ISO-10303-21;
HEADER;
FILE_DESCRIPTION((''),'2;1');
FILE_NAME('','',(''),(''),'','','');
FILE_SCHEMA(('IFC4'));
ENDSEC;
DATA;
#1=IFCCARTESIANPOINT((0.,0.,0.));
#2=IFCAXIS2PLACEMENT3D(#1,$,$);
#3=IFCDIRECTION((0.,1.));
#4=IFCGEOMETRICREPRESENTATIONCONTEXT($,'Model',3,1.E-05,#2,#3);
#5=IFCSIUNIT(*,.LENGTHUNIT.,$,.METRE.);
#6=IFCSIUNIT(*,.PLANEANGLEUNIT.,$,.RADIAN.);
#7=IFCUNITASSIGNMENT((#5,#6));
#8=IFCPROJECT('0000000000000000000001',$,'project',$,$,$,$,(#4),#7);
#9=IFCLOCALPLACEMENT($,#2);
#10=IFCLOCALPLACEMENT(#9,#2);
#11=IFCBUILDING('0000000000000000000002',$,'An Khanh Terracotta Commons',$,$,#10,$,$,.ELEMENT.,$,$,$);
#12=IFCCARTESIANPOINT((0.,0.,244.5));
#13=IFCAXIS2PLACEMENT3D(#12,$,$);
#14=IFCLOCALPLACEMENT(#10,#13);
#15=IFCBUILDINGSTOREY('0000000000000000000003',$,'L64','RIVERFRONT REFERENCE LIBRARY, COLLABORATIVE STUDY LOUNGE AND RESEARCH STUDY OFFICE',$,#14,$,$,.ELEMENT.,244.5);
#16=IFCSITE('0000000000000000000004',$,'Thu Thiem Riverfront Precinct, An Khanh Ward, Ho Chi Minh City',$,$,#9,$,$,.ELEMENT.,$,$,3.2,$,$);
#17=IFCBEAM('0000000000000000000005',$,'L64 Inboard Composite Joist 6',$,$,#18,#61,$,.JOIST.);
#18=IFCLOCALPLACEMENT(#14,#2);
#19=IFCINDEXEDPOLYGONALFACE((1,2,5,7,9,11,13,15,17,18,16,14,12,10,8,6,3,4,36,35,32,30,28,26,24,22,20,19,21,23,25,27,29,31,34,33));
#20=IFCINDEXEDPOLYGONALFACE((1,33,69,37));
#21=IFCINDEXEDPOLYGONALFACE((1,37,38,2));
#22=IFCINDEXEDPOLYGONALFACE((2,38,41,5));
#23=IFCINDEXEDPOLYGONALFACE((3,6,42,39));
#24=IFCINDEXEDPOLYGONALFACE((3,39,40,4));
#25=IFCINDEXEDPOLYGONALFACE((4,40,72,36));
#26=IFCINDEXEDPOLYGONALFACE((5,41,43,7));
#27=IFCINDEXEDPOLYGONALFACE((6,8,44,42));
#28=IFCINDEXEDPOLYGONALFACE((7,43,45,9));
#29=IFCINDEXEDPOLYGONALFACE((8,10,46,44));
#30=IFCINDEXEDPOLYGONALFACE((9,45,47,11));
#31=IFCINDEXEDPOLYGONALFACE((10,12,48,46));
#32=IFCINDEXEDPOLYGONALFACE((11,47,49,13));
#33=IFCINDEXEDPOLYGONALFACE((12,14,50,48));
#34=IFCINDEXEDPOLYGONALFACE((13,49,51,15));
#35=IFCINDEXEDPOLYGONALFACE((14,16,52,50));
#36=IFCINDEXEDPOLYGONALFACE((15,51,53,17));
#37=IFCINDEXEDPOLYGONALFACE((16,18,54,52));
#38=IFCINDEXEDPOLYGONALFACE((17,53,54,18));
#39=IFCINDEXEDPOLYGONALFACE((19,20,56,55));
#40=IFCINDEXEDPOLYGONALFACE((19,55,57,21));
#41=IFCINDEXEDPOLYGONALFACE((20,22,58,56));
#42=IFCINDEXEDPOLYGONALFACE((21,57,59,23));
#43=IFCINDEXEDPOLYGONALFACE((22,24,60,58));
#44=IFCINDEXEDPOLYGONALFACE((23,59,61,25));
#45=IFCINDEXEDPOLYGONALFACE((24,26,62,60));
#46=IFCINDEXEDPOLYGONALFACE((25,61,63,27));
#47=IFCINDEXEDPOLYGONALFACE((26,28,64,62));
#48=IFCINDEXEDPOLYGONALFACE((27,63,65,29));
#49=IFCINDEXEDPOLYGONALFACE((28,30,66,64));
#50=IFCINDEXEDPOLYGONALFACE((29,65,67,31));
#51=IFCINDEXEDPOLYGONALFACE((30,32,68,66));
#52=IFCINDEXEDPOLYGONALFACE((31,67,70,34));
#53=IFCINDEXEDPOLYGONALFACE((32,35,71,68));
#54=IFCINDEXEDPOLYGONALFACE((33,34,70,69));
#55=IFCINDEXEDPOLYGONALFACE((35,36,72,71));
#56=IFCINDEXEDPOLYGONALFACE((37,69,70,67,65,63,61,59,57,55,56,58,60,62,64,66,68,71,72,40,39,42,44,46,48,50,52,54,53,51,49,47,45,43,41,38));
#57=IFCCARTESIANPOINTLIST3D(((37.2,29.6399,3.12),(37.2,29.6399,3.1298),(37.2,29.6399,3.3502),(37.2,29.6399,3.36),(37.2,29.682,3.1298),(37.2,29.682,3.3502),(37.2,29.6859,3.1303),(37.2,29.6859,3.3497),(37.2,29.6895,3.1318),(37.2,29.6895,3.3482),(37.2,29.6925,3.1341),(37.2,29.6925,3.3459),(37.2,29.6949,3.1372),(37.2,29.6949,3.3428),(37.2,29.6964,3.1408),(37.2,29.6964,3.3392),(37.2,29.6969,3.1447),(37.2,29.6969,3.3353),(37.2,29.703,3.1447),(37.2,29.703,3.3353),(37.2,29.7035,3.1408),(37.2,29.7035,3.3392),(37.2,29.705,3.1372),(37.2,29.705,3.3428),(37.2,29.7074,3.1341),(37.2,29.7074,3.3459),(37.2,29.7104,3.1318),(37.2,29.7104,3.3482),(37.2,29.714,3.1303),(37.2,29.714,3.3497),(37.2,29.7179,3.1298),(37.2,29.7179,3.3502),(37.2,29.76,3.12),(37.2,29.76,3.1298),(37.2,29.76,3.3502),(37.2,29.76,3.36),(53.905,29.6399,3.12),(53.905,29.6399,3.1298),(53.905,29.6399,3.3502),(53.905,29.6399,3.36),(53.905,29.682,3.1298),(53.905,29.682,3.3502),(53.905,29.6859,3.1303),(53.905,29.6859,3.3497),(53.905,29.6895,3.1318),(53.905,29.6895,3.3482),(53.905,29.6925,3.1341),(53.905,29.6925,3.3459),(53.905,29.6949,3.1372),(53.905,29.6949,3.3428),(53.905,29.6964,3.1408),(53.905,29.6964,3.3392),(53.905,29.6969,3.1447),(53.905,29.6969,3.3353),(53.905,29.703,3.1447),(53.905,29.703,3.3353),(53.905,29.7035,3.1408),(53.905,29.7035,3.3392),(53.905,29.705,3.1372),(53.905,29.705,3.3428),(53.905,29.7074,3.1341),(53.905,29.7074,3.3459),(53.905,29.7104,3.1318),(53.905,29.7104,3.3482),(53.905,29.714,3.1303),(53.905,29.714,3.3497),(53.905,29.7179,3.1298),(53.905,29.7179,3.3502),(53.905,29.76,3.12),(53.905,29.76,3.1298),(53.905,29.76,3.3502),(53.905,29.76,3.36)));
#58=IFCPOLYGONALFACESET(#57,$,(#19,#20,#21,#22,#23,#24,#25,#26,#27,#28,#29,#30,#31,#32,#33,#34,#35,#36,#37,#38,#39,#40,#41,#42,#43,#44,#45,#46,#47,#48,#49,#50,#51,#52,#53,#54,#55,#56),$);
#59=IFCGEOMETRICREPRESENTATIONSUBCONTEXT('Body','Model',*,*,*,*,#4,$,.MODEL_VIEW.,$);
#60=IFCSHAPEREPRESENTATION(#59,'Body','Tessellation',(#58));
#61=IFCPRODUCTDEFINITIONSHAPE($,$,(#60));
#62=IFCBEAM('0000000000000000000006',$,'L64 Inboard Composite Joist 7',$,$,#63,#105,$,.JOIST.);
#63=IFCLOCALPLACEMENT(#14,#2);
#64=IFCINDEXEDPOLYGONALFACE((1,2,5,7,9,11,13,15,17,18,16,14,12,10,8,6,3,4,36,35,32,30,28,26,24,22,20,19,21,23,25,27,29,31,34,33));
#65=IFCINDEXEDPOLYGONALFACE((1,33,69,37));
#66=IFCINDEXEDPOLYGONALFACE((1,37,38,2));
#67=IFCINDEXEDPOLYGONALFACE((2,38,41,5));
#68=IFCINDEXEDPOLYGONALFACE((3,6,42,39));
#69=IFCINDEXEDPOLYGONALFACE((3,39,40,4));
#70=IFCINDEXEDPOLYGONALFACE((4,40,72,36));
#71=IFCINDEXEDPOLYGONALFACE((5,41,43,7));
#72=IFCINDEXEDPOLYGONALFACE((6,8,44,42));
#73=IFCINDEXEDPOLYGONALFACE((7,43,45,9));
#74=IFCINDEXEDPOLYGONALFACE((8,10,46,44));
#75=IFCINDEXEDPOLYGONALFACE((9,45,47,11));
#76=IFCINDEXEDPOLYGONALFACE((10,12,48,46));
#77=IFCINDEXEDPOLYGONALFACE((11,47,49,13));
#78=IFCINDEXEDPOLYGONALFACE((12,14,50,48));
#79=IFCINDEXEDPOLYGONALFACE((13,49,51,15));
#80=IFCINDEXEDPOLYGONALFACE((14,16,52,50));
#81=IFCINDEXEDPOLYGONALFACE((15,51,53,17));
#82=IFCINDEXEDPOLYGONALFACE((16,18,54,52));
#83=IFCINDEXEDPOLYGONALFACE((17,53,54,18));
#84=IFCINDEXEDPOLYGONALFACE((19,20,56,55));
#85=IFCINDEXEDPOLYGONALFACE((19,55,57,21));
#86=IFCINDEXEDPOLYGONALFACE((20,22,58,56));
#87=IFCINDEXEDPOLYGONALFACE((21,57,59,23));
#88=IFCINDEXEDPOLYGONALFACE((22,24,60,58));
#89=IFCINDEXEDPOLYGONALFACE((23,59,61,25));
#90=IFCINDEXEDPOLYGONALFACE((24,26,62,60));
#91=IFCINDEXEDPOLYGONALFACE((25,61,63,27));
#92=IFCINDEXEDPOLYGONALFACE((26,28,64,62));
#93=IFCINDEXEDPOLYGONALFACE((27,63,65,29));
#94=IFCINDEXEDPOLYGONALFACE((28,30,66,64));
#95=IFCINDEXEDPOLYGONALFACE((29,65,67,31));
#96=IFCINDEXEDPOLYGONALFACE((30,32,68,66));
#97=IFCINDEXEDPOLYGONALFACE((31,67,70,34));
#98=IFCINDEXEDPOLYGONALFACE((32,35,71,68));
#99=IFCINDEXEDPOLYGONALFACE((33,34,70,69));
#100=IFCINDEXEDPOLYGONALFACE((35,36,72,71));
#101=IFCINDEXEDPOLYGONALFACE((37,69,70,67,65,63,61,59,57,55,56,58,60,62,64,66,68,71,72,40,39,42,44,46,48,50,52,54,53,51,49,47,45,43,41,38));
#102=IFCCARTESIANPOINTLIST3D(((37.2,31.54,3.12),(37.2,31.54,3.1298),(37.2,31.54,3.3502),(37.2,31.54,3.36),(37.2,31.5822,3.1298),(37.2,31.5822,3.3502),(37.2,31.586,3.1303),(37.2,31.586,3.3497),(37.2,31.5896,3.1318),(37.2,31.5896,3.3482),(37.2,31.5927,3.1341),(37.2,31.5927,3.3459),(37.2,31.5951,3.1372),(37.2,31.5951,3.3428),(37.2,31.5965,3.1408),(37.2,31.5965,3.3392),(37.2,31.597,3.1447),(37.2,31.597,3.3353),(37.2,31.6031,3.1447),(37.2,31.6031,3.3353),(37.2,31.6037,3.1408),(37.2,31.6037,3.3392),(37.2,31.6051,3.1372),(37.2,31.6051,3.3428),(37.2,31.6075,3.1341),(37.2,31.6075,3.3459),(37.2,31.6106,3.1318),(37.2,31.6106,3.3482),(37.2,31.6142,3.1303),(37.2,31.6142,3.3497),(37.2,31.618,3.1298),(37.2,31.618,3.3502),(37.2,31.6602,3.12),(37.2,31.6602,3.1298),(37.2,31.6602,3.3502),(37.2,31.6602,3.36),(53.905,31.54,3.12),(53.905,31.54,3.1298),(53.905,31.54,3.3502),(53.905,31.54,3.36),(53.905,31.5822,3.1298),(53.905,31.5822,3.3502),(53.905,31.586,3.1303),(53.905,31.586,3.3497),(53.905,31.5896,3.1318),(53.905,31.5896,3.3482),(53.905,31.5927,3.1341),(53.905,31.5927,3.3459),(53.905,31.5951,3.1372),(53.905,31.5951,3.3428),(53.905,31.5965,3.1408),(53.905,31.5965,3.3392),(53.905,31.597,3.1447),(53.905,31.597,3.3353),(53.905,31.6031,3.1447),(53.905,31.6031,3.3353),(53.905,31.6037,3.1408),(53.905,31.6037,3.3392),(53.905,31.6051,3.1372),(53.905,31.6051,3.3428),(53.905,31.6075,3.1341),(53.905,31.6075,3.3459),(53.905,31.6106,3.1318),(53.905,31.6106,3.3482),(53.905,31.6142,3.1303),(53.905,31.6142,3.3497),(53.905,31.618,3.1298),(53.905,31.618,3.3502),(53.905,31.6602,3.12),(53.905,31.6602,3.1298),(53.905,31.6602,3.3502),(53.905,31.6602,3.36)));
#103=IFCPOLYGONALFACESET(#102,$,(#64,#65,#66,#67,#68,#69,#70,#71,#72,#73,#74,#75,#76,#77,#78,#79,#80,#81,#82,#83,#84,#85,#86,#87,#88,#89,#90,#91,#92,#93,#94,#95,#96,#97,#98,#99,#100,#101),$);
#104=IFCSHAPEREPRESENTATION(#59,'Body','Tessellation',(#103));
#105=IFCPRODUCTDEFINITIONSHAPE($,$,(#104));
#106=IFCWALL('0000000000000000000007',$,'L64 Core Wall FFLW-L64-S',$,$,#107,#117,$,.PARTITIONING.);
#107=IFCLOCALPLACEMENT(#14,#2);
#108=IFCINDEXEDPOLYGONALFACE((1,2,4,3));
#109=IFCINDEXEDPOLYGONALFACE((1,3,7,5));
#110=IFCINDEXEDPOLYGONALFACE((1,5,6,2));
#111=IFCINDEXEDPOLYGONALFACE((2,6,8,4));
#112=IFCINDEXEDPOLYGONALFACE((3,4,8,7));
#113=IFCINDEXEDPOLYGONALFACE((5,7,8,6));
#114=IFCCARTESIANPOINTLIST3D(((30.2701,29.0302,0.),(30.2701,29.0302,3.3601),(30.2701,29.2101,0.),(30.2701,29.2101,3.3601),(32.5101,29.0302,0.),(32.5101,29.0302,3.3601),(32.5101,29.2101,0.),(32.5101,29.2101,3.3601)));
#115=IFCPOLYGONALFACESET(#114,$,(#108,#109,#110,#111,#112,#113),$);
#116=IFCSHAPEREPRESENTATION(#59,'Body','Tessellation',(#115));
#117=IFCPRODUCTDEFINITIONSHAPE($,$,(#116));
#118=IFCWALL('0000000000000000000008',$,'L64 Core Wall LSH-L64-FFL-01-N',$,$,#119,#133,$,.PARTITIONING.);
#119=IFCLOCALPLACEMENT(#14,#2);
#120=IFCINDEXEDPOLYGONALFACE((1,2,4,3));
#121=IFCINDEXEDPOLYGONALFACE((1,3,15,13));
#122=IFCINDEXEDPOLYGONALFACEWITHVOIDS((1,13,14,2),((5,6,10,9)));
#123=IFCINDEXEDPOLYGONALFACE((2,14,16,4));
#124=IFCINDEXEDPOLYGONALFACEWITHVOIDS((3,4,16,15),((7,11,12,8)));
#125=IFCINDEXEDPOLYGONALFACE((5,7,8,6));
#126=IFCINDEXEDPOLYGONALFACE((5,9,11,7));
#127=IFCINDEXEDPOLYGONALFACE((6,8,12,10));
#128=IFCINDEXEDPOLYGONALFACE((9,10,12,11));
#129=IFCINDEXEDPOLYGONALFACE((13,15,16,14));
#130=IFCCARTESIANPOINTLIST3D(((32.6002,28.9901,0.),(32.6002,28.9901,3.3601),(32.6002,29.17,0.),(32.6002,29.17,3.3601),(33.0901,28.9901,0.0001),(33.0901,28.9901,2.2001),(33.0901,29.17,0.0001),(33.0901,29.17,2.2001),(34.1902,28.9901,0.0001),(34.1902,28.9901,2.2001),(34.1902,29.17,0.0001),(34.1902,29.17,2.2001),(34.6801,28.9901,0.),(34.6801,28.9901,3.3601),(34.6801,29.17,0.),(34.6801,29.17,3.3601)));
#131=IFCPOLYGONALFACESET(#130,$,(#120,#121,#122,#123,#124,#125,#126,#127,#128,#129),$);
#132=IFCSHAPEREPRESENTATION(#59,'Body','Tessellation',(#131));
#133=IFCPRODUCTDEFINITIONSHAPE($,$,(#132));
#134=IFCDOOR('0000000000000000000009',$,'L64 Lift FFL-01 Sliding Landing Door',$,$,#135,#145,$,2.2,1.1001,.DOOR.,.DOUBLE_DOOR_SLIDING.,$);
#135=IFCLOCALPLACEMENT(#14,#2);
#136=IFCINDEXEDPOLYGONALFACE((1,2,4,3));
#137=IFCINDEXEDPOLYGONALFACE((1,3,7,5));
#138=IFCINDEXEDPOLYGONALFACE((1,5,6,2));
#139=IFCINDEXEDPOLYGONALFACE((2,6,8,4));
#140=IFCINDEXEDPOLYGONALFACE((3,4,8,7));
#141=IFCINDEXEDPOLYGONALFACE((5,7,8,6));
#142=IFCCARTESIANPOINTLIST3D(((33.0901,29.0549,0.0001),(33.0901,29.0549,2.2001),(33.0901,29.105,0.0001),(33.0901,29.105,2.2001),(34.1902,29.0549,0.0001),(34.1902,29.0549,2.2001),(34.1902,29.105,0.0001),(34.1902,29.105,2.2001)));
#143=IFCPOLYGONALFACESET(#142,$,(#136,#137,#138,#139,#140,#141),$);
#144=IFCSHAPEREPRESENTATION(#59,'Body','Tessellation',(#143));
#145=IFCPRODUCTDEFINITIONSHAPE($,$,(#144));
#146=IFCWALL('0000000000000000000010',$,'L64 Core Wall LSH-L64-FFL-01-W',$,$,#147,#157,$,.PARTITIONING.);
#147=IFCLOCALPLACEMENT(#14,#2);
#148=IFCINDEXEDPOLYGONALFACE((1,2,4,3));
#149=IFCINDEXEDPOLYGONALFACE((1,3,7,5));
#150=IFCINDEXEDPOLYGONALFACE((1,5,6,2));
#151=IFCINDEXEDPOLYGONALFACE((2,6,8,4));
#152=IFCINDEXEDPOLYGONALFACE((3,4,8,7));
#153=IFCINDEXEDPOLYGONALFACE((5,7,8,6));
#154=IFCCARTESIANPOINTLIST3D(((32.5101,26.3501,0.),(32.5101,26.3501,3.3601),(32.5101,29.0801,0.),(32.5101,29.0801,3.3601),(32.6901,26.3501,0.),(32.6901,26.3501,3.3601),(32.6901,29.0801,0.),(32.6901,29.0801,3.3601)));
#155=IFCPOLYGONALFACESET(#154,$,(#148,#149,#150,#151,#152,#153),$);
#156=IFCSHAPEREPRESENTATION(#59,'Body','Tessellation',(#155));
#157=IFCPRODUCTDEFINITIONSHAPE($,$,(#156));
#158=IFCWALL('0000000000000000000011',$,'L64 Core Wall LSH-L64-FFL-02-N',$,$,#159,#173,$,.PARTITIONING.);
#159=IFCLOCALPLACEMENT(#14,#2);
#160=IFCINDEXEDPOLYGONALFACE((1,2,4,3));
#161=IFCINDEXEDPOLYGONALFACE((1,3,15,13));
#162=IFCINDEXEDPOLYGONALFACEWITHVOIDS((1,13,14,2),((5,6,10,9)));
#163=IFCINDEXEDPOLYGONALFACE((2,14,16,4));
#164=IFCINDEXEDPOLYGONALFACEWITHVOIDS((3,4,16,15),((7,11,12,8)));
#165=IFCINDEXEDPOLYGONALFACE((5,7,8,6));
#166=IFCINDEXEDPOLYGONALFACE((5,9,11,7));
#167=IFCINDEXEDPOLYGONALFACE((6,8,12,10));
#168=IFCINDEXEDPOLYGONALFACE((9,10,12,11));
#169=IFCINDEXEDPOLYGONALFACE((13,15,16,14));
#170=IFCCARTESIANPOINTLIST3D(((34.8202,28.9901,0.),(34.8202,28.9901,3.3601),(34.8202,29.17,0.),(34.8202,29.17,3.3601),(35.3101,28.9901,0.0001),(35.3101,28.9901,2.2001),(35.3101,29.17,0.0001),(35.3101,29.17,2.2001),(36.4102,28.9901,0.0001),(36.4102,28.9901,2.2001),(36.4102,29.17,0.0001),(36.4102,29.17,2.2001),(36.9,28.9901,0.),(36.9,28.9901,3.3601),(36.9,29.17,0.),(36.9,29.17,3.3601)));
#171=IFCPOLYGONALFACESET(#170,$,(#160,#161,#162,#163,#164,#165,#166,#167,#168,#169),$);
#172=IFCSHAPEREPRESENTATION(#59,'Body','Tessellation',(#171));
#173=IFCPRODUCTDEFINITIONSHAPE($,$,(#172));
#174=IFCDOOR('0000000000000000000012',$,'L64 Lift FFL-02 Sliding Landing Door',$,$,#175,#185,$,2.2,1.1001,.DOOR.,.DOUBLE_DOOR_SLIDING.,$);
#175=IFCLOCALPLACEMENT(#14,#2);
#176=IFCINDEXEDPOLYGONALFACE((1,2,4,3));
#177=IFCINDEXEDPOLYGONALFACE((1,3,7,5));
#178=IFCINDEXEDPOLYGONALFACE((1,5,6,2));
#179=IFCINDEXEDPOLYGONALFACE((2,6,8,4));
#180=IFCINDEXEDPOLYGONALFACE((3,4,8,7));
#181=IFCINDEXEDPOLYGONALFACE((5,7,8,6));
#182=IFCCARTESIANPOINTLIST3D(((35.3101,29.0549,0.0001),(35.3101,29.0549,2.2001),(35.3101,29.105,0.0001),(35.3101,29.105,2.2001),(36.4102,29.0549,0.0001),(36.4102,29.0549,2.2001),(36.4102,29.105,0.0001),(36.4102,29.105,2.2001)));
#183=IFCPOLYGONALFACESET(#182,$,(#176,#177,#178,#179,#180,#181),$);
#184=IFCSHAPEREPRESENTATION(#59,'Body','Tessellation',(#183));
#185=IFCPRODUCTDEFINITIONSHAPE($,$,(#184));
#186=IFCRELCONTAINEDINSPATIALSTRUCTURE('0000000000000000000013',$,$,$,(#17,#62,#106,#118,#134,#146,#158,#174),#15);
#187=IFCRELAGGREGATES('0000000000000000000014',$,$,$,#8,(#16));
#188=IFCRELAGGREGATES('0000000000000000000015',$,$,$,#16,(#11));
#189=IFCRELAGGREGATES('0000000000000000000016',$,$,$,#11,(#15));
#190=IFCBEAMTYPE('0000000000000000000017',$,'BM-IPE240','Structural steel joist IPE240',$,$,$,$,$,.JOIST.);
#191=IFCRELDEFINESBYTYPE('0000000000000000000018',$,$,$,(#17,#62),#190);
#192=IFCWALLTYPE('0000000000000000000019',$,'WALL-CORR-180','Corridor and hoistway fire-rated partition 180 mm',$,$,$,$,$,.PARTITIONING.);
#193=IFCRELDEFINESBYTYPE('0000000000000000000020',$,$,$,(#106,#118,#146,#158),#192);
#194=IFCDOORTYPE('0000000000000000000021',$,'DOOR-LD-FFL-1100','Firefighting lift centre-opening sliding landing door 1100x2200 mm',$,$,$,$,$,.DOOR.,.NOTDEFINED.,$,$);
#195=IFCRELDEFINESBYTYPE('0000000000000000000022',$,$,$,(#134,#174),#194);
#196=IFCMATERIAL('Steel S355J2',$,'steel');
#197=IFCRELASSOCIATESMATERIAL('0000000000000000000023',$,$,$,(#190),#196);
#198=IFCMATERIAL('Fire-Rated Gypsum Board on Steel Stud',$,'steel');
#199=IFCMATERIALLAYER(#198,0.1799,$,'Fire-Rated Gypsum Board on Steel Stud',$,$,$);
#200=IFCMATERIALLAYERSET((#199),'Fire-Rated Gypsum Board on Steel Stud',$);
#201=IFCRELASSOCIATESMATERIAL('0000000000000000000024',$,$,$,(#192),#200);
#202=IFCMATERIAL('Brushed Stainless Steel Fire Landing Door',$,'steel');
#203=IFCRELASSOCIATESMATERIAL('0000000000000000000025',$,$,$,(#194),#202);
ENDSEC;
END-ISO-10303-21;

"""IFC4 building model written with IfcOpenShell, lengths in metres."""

from ifc_helpers import new_model, si_unit, direction, frame, frame_2d, origin, origin_2d, place, context, subcontext, project, spatial, rectangle, i_section, extrude, material, layer, layer_set, material_profile, profile_set, type_object, element, fill, save


model = new_model("IFC4")

# Units and contexts
model_context = context("Model", 3, precision=1e-05, world=origin(), true_north=direction((0.0, 1.0)))
body_context = subcontext(model_context, "Body", "Model", "MODEL_VIEW")
ifc_project = project(units=[si_unit("LENGTHUNIT", "METRE"), si_unit("PLANEANGLEUNIT", "RADIAN")], contexts=[model_context])

# Site, building, storey
site_placement = place(None, origin())
site = spatial("IfcSite", under=ifc_project, at=site_placement, Name="Thu Thiem Riverfront Precinct, An Khanh Ward, Ho Chi Minh City", CompositionType="ELEMENT", RefElevation=3.2)
building_placement = place(site_placement, origin())
building = spatial("IfcBuilding", under=site, at=building_placement, Name="An Khanh Terracotta Commons", CompositionType="ELEMENT")
storey_placement = place(building_placement, frame((0.0, 0.0, 244.5)))
storey = spatial("IfcBuildingStorey", under=building, at=storey_placement, Name="L64", Description="RIVERFRONT REFERENCE LIBRARY, COLLABORATIVE STUDY LOUNGE AND RESEARCH STUDY OFFICE", CompositionType="ELEMENT", Elevation=244.5)

# Beams
ifc_material_1 = material(Name="Steel S355J2", Category="steel")
ifc_material_profile_1 = material_profile(ifc_material_1, i_section(OverallWidth=0.1201, OverallDepth=0.24, WebThickness=0.0061, FlangeThickness=0.0098, FilletRadius=0.0149, at=origin_2d()), Name="IPE240")
ifc_profile_set_1 = profile_set([ifc_material_profile_1], Name="Steel S355J2")
beam_type_1 = type_object("IfcBeamType", Name="BM-IPE240", Description="Structural steel joist IPE240", PredefinedType="JOIST", material=ifc_profile_set_1)
for number, where, z_axis, x_axis, name in (
    (1, (37.2, 29.7, 3.24), (1.0, 0.0, 0.0), (0.0, 1.0, 0.0), "L64 Inboard Composite Joist 6"),
    (2, (37.2, 31.6001, 3.24), (1.0, 0.0, 0.0), (0.0, 1.0, 0.0), "L64 Inboard Composite Joist 7"),
):
    element("IfcBeam", number, at=place(storey_placement, frame(where, z_axis=z_axis, x_axis=x_axis)), inside=storey, type_object=beam_type_1, Name=name, PredefinedType="JOIST", context=body_context, shape_type="SweptSolid", body=[
        extrude(i_section(OverallWidth=0.1201, OverallDepth=0.24, WebThickness=0.0061, FlangeThickness=0.0098, FilletRadius=0.0149, at=origin_2d()), origin(), (0.0, 0.0, 1.0), 16.7051),
    ])

# Wall
ifc_material_2 = material(Name="Fire-Rated Gypsum Board on Steel Stud", Category="steel")
ifc_layer_1 = layer(ifc_material_2, 0.1799, Name="Fire-Rated Gypsum Board on Steel Stud")
ifc_layer_set_1 = layer_set([ifc_layer_1], Name="Fire-Rated Gypsum Board on Steel Stud")
wall_type_1 = type_object("IfcWallType", Name="WALL-CORR-180", Description="Corridor and hoistway fire-rated partition 180 mm", PredefinedType="PARTITIONING", material=ifc_layer_set_1)
wall_1_placement = place(storey_placement, frame((30.27, 29.1201, 0.0), z_axis=(0.0, 0.0, 1.0), x_axis=(1.0, 0.0, 0.0)))
element("IfcWall", 3, at=wall_1_placement, inside=storey, type_object=wall_type_1, Name="L64 Core Wall FFLW-L64-S", PredefinedType="PARTITIONING", context=body_context, shape_type="SweptSolid", body=[
    extrude(rectangle(XDim=2.24, YDim=0.1799, at=frame_2d((1.1201, 0.0))), origin(), (0.0, 0.0, 1.0), 3.3601),
])

# Wall, opening, door
wall_2_placement = place(storey_placement, frame((32.6001, 29.0801, 0.0), z_axis=(0.0, 0.0, 1.0), x_axis=(1.0, 0.0, 0.0)))
wall_2 = element("IfcWall", 4, at=wall_2_placement, inside=storey, type_object=wall_type_1, Name="L64 Core Wall LSH-L64-FFL-01-N", PredefinedType="PARTITIONING", context=body_context, shape_type="SweptSolid", body=[
    extrude(rectangle(XDim=2.0798, YDim=0.1799, at=frame_2d((1.04, 0.0))), origin(), (0.0, 0.0, 1.0), 3.3601),
])
opening_1_placement = place(wall_2_placement, frame((0.49, 0.0, 0.0)))
opening_1 = element("IfcOpeningElement", 5, at=opening_1_placement, cuts=wall_2, PredefinedType="OPENING", context=body_context, shape_type="SweptSolid", body=[
    extrude(rectangle(XDim=1.1001, YDim=2.2, at=frame_2d((0.55, 1.1001))), frame((0.0, 0.0999, 0.0), z_axis=(0.0, -1.0, 0.0), x_axis=(1.0, 0.0, 0.0)), (0.0, 0.0, 1.0), 0.2),
])
ifc_material_3 = material(Name="Brushed Stainless Steel Fire Landing Door", Category="steel")
door_type_1 = type_object("IfcDoorType", Name="DOOR-LD-FFL-1100", Description="Firefighting lift centre-opening sliding landing door 1100x2200 mm", OperationType="NOTDEFINED", PredefinedType="DOOR", material=ifc_material_3)
door_1_placement = place(opening_1_placement, origin())
door_1 = element("IfcDoor", 6, at=door_1_placement, inside=storey, type_object=door_type_1, Name="L64 Lift FFL-01 Sliding Landing Door", OperationType="DOUBLE_DOOR_SLIDING", OverallHeight=2.2, OverallWidth=1.1001, PredefinedType="DOOR", context=body_context, shape_type="SweptSolid", body=[
    extrude(rectangle(XDim=1.1001, YDim=2.2, at=frame_2d((0.55, 1.1001))), frame((0.0, 0.0249, 0.0), z_axis=(0.0, -1.0, 0.0), x_axis=(1.0, 0.0, 0.0)), (0.0, 0.0, 1.0), 0.05),
])
fill(opening_1, door_1)

# Wall
wall_3_placement = place(storey_placement, frame((32.6001, 29.0801, 0.0), z_axis=(0.0, 0.0, 1.0), x_axis=(0.0, -1.0, 0.0)))
element("IfcWall", 7, at=wall_3_placement, inside=storey, type_object=wall_type_1, Name="L64 Core Wall LSH-L64-FFL-01-W", PredefinedType="PARTITIONING", context=body_context, shape_type="SweptSolid", body=[
    extrude(rectangle(XDim=2.73, YDim=0.1799, at=frame_2d((1.365, 0.0))), origin(), (0.0, 0.0, 1.0), 3.3601),
])

# Wall, opening, door
wall_4_placement = place(storey_placement, frame((34.8201, 29.0801, 0.0), z_axis=(0.0, 0.0, 1.0), x_axis=(1.0, 0.0, 0.0)))
wall_4 = element("IfcWall", 8, at=wall_4_placement, inside=storey, type_object=wall_type_1, Name="L64 Core Wall LSH-L64-FFL-02-N", PredefinedType="PARTITIONING", context=body_context, shape_type="SweptSolid", body=[
    extrude(rectangle(XDim=2.0798, YDim=0.1799, at=frame_2d((1.04, 0.0))), origin(), (0.0, 0.0, 1.0), 3.3601),
])
opening_2_placement = place(wall_4_placement, frame((0.49, 0.0, 0.0)))
opening_2 = element("IfcOpeningElement", 9, at=opening_2_placement, cuts=wall_4, PredefinedType="OPENING", context=body_context, shape_type="SweptSolid", body=[
    extrude(rectangle(XDim=1.1001, YDim=2.2, at=frame_2d((0.55, 1.1001))), frame((0.0, 0.0999, 0.0), z_axis=(0.0, -1.0, 0.0), x_axis=(1.0, 0.0, 0.0)), (0.0, 0.0, 1.0), 0.2),
])
door_2_placement = place(opening_2_placement, origin())
door_2 = element("IfcDoor", 10, at=door_2_placement, inside=storey, type_object=door_type_1, Name="L64 Lift FFL-02 Sliding Landing Door", OperationType="DOUBLE_DOOR_SLIDING", OverallHeight=2.2, OverallWidth=1.1001, PredefinedType="DOOR", context=body_context, shape_type="SweptSolid", body=[
    extrude(rectangle(XDim=1.1001, YDim=2.2, at=frame_2d((0.55, 1.1001))), frame((0.0, 0.0249, 0.0), z_axis=(0.0, -1.0, 0.0), x_axis=(1.0, 0.0, 0.0)), (0.0, 0.0, 1.0), 0.05),
])
fill(opening_2, door_2)

save(model, "model.ifc")
